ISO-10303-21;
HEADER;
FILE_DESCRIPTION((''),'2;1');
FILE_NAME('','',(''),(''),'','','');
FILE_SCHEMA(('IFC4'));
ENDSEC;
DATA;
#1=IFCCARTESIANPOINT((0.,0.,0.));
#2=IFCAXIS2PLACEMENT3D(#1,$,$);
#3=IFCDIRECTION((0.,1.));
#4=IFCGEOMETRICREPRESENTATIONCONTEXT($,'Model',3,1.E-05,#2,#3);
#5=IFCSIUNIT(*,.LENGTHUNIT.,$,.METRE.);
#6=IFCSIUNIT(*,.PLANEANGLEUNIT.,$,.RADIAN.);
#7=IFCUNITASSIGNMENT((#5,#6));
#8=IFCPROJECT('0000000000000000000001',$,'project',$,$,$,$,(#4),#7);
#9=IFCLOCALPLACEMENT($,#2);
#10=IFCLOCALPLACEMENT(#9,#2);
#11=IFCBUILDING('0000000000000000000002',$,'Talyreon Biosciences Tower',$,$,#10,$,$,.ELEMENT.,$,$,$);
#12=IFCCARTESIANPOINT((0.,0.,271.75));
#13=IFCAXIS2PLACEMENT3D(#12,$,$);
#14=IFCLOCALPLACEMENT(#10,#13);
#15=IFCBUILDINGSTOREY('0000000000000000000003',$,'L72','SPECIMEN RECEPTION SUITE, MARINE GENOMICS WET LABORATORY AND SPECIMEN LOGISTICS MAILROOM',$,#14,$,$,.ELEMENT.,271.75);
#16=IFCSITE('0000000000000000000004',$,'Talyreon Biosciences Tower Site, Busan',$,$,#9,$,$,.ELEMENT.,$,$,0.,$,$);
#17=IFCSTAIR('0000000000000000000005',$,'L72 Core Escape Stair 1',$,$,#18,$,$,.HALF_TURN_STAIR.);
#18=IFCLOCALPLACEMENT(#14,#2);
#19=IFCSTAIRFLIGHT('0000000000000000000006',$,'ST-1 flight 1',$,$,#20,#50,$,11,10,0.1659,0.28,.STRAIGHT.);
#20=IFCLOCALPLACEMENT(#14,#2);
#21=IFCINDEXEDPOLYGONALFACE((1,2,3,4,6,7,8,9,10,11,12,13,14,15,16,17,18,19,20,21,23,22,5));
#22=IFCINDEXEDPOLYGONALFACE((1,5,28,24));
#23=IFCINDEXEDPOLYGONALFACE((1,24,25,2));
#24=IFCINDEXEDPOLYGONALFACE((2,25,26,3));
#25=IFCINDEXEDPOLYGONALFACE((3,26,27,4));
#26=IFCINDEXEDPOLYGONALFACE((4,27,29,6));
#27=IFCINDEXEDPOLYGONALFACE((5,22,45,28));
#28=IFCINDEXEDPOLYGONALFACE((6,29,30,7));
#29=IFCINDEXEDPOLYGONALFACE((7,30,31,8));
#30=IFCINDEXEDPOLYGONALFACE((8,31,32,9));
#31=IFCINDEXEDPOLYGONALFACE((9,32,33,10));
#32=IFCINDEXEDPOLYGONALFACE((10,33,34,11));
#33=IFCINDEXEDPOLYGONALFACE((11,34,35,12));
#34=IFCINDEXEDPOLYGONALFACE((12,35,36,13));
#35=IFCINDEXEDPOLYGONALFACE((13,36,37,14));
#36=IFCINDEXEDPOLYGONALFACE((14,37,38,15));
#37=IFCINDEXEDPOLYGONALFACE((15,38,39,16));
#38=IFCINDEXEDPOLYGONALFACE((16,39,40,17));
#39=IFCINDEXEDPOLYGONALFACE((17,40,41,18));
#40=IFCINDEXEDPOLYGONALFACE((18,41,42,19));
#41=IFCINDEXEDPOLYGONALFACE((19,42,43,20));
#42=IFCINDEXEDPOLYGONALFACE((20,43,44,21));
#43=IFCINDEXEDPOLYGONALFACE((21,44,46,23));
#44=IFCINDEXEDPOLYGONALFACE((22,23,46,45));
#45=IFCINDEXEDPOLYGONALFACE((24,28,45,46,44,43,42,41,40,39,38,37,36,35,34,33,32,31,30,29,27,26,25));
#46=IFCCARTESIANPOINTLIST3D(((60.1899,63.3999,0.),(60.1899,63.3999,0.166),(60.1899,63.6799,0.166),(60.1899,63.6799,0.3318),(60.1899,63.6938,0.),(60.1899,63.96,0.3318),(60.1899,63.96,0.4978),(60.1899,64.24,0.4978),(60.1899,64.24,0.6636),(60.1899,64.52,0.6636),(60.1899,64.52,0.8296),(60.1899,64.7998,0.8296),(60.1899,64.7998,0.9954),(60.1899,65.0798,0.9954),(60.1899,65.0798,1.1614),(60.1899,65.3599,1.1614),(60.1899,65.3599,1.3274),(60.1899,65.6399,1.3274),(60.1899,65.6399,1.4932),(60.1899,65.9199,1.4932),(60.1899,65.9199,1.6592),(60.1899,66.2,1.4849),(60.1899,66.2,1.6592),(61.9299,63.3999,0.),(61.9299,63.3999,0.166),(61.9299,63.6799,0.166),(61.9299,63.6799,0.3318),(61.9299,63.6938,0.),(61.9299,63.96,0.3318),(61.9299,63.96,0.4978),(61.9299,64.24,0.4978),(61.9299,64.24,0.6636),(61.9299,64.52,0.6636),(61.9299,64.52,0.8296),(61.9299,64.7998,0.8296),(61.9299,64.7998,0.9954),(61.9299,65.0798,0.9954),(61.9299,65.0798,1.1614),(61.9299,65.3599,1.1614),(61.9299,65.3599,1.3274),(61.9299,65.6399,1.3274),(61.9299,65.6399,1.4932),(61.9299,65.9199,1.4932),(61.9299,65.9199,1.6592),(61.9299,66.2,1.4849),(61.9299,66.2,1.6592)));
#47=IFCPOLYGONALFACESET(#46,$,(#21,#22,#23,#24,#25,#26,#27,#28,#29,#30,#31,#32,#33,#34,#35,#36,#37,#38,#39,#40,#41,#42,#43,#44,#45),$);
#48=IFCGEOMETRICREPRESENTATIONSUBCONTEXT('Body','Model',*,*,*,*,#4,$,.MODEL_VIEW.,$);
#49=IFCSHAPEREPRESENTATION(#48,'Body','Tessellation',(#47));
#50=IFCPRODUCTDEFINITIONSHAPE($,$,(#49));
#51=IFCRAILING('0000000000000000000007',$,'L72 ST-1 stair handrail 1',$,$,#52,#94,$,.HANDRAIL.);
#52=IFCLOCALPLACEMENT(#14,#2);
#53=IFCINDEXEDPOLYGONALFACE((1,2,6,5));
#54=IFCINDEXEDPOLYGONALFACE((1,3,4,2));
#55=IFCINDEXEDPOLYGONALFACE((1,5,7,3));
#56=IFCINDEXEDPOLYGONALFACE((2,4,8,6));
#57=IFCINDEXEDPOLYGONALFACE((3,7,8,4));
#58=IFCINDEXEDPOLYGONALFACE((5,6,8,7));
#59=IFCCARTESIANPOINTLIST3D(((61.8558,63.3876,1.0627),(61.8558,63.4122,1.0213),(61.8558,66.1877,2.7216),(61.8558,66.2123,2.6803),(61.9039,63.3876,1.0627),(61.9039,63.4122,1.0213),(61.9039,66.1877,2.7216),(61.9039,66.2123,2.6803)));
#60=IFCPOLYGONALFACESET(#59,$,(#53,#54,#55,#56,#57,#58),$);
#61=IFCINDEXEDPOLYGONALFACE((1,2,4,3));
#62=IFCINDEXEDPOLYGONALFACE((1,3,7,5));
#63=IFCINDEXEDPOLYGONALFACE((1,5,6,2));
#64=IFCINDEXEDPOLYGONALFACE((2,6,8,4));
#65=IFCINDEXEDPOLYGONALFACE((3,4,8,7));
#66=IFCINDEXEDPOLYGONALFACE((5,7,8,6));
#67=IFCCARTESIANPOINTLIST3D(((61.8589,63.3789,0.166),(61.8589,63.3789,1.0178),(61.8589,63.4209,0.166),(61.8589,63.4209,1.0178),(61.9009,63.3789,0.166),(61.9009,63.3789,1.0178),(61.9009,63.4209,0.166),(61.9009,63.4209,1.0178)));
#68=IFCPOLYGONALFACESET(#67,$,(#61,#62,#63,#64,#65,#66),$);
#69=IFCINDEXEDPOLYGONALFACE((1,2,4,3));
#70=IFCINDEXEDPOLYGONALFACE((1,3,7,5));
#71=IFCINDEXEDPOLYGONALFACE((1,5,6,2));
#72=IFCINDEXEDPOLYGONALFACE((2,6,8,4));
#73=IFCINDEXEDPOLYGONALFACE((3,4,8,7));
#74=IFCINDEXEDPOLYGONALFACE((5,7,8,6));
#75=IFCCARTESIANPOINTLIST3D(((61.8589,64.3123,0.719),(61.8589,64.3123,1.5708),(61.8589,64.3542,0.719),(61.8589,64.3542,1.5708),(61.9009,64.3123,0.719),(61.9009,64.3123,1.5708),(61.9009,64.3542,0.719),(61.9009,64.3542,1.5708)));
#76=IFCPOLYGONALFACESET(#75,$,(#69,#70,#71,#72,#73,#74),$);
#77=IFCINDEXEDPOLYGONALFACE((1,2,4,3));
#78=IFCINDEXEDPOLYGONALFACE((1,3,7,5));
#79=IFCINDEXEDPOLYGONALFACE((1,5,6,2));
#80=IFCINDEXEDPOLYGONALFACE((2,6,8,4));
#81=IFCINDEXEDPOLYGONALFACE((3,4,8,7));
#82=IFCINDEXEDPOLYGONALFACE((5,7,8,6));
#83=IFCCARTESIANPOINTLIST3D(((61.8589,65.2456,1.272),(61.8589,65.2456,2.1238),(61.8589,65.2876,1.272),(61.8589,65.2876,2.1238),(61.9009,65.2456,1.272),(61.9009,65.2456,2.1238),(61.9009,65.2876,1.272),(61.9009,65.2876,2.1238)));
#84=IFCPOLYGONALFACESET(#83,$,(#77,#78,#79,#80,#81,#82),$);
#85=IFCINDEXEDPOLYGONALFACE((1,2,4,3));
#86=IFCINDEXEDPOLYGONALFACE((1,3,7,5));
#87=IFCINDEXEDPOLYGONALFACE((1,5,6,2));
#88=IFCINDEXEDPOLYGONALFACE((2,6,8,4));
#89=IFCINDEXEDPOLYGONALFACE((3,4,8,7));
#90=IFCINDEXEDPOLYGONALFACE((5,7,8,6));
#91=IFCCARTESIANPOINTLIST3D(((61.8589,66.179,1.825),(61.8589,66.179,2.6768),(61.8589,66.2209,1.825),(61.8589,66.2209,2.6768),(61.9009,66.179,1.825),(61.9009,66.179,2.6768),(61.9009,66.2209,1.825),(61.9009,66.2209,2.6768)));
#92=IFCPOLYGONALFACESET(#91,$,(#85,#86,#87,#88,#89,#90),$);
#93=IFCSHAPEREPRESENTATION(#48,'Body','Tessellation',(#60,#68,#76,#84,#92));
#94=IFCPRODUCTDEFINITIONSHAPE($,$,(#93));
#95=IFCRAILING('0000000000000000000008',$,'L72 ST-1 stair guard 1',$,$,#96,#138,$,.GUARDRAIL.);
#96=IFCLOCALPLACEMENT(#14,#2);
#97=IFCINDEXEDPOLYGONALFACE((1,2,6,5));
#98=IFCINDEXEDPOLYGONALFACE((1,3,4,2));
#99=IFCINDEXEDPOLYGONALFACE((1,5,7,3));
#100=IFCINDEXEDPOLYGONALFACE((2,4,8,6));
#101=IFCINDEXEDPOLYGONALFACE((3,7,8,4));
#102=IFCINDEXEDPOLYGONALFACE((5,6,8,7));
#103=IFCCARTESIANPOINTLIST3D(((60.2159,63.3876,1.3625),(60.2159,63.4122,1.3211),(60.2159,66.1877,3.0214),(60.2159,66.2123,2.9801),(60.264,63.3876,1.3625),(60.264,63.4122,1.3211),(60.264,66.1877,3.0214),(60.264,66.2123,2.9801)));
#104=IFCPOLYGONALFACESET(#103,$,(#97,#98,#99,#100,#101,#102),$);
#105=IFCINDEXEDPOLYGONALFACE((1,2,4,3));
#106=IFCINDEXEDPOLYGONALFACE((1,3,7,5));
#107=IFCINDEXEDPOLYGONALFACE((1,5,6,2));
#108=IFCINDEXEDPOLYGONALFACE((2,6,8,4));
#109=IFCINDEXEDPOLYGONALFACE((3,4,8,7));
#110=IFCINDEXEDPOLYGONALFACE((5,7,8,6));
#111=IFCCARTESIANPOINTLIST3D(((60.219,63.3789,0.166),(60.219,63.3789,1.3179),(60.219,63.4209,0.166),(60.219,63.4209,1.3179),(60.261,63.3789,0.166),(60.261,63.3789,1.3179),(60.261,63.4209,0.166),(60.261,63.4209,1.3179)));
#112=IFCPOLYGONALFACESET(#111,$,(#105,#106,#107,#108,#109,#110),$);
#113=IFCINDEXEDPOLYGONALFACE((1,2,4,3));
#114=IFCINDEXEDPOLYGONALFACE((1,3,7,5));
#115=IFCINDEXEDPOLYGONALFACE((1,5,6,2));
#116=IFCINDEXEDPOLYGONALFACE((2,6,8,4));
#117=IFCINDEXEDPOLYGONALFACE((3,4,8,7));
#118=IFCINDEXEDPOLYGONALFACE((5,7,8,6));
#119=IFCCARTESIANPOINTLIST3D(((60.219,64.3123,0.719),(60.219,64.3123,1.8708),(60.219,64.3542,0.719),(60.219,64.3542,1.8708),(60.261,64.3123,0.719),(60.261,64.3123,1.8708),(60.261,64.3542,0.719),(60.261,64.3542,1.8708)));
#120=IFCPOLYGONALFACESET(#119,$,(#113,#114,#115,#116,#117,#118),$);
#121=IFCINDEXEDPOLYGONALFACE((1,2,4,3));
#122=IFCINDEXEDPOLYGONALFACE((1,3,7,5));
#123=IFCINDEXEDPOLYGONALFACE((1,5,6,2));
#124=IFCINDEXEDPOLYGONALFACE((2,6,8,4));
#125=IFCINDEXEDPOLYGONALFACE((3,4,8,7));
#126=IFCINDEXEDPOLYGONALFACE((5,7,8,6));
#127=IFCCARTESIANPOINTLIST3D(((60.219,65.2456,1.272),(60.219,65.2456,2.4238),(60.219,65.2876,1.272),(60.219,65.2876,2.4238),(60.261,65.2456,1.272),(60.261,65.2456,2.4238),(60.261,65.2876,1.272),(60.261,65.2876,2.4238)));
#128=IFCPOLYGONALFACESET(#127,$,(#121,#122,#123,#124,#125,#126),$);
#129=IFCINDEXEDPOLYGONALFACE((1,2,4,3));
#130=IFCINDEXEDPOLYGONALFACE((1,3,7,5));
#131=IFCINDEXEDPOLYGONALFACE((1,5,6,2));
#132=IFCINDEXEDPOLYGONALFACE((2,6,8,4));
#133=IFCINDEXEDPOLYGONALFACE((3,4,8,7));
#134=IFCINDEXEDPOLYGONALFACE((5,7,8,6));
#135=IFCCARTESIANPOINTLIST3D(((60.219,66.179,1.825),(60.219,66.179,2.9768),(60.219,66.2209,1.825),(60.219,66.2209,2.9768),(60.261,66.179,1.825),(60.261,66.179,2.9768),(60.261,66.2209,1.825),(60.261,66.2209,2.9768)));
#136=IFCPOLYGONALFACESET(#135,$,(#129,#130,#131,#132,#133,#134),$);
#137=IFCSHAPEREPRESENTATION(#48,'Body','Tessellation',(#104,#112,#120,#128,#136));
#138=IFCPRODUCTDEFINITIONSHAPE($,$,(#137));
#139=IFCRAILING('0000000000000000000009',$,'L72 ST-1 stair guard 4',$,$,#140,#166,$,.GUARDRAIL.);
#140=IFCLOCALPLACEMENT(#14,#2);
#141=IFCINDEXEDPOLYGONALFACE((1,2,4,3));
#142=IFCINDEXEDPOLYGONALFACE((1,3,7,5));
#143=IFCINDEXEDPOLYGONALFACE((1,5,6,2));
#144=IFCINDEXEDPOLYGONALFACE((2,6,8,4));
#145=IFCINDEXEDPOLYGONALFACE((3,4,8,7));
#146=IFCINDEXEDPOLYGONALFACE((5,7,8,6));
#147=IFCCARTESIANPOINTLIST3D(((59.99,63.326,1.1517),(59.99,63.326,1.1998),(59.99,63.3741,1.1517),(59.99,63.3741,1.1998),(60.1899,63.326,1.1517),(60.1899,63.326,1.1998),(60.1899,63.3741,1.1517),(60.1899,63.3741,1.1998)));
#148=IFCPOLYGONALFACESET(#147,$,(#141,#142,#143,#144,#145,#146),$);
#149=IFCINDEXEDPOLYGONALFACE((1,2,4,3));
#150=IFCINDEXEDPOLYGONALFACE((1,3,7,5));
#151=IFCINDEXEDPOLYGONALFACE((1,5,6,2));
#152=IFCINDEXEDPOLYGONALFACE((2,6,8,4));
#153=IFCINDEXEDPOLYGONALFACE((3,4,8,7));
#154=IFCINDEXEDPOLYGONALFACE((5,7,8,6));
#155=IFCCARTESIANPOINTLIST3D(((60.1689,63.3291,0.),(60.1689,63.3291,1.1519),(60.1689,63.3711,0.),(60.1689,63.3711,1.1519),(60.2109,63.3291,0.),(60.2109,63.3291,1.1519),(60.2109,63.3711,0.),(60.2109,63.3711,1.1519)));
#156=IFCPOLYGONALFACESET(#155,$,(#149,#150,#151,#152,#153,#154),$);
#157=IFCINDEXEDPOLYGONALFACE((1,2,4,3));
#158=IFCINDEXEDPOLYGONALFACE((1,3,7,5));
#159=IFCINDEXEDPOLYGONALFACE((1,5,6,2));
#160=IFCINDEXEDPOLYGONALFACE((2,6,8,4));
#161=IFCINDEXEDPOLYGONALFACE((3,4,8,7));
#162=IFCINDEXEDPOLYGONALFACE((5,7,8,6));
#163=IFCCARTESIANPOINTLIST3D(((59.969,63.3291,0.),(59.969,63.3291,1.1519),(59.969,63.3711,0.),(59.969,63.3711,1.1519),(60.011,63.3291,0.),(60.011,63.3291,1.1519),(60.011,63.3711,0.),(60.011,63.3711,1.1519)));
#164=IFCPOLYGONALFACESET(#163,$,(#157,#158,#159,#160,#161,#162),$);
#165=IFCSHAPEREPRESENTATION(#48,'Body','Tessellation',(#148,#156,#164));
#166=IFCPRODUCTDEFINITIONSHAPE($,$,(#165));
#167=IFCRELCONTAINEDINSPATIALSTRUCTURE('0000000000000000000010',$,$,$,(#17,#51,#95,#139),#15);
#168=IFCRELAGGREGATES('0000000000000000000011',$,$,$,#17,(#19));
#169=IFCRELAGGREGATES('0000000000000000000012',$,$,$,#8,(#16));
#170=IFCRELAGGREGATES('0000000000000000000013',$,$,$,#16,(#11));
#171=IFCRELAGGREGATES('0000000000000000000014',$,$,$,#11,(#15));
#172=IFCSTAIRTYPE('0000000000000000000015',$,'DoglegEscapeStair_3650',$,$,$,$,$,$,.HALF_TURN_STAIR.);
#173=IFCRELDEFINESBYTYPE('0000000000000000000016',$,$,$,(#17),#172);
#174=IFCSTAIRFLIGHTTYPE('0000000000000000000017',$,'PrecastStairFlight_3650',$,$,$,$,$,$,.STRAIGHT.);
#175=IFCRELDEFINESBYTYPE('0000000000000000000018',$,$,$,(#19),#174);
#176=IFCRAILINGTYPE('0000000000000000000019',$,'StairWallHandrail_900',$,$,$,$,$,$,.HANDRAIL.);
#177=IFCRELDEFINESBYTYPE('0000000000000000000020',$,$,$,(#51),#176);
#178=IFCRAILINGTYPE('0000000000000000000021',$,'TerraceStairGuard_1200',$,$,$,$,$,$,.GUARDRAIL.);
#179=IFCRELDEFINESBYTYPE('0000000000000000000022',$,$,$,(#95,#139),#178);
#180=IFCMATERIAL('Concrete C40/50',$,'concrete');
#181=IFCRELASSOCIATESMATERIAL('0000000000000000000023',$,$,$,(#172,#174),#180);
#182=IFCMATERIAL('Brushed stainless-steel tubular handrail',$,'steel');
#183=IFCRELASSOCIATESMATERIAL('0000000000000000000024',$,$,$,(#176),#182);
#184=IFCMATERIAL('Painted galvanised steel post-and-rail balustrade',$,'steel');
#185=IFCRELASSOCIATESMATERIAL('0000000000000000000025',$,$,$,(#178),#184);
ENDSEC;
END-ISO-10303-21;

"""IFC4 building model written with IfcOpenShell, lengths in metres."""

from ifc_helpers import new_model, si_unit, direction, frame, origin, origin_2d, place, context, subcontext, project, spatial, polyline, rectangle, outline, extrude, material, type_object, element, aggregate, save


model = new_model("IFC4")

# Units and contexts
model_context = context("Model", 3, precision=1e-05, world=origin(), true_north=direction((0.0, 1.0)))
body_context = subcontext(model_context, "Body", "Model", "MODEL_VIEW")
ifc_project = project(units=[si_unit("LENGTHUNIT", "METRE"), si_unit("PLANEANGLEUNIT", "RADIAN")], contexts=[model_context])

# Site, building, storey
site_placement = place(None, origin())
site = spatial("IfcSite", under=ifc_project, at=site_placement, Name="Talyreon Biosciences Tower Site, Busan", CompositionType="ELEMENT", RefElevation=0.0)
building_placement = place(site_placement, origin())
building = spatial("IfcBuilding", under=site, at=building_placement, Name="Talyreon Biosciences Tower", CompositionType="ELEMENT")
storey_placement = place(building_placement, frame((0.0, 0.0, 271.75)))
storey = spatial("IfcBuildingStorey", under=building, at=storey_placement, Name="L72", Description="SPECIMEN RECEPTION SUITE, MARINE GENOMICS WET LABORATORY AND SPECIMEN LOGISTICS MAILROOM", CompositionType="ELEMENT", Elevation=271.75)

# Stair, stair flight
ifc_material_1 = material(Name="Concrete C40/50", Category="concrete")
stair_type = type_object("IfcStairType", Name="DoglegEscapeStair_3650", PredefinedType="HALF_TURN_STAIR", material=ifc_material_1)
stair_placement = place(storey_placement, origin())
stair = element("IfcStair", 1, at=stair_placement, inside=storey, type_object=stair_type, Name="L72 Core Escape Stair 1", PredefinedType="HALF_TURN_STAIR")
stair_flight_type = type_object("IfcStairFlightType", Name="PrecastStairFlight_3650", PredefinedType="STRAIGHT", material=ifc_material_1)
stair_flight_placement = place(storey_placement, frame((61.0601, 63.3999, 0.0), z_axis=(0.0, 0.0, 1.0), x_axis=(0.0, 1.0, 0.0)))
stair_flight = element("IfcStairFlight", 2, at=stair_flight_placement, type_object=stair_flight_type, Name="ST-1 flight 1", NumberOfRisers=11, NumberOfTreads=10, PredefinedType="STRAIGHT", RiserHeight=0.1659, TreadLength=0.28, context=body_context, shape_type="SweptSolid", body=[
    extrude(outline(polyline([(0.0, 0.0), (0.0, 0.166), (0.28, 0.166), (0.28, 0.3318), (0.5601, 0.3318), (0.5601, 0.4978), (0.8401, 0.4978), (0.8401, 0.6636), (1.1201, 0.6636), (1.1201, 0.8296), (1.3999, 0.8296), (1.3999, 0.9954), (1.6799, 0.9954), (1.6799, 1.1614), (1.96, 1.1614), (1.96, 1.3274), (2.24, 1.3274), (2.24, 1.4932), (2.52, 1.4932), (2.52, 1.6592), (2.8, 1.6592), (2.8, 1.825), (2.8, 1.4849), (0.2939, 0.0), (0.0, 0.0)])), frame((0.0, 0.8701, 0.0), z_axis=(0.0, -1.0, 0.0), x_axis=(1.0, 0.0, 0.0)), (0.0, 0.0, 1.0), 1.74),
])
aggregate(stair, [stair_flight])

# Railings
ifc_material_2 = material(Name="Brushed stainless-steel tubular handrail", Category="steel")
railing_type_1 = type_object("IfcRailingType", Name="StairWallHandrail_900", PredefinedType="HANDRAIL", material=ifc_material_2)
railing_1_placement = place(storey_placement, frame((61.8799, 63.3999, 0.166)))
element("IfcRailing", 3, at=railing_1_placement, inside=storey, type_object=railing_type_1, Name="L72 ST-1 stair handrail 1", PredefinedType="HANDRAIL", context=body_context, shape_type="SweptSolid", body=[
    extrude(rectangle(XDim=0.0481, YDim=0.0481, at=origin_2d()), frame((0.0, 0.0, 0.876), z_axis=(0.0, 0.860339, 0.509722), x_axis=(-1.0, 0.0, 0.0)), (0.0, 0.0, 1.0), 3.2546),
    extrude(rectangle(XDim=0.042, YDim=0.042, at=origin_2d()), origin(), (0.0, 0.0, 1.0), 0.8518),
    extrude(rectangle(XDim=0.042, YDim=0.042, at=origin_2d()), frame((0.0, 0.9333, 0.553)), (0.0, 0.0, 1.0), 0.8518),
    extrude(rectangle(XDim=0.042, YDim=0.042, at=origin_2d()), frame((0.0, 1.8667, 1.106)), (0.0, 0.0, 1.0), 0.8518),
    extrude(rectangle(XDim=0.042, YDim=0.042, at=origin_2d()), frame((0.0, 2.8, 1.6589)), (0.0, 0.0, 1.0), 0.8518),
])
ifc_material_3 = material(Name="Painted galvanised steel post-and-rail balustrade", Category="steel")
railing_type_2 = type_object("IfcRailingType", Name="TerraceStairGuard_1200", PredefinedType="GUARDRAIL", material=ifc_material_3)
railing_2_placement = place(storey_placement, frame((60.24, 63.3999, 0.166)))
element("IfcRailing", 4, at=railing_2_placement, inside=storey, type_object=railing_type_2, Name="L72 ST-1 stair guard 1", PredefinedType="GUARDRAIL", context=body_context, shape_type="SweptSolid", body=[
    extrude(rectangle(XDim=0.0481, YDim=0.0481, at=origin_2d()), frame((0.0, 0.0, 1.1758), z_axis=(0.0, 0.860339, 0.509722), x_axis=(-1.0, 0.0, 0.0)), (0.0, 0.0, 1.0), 3.2546),
    extrude(rectangle(XDim=0.042, YDim=0.042, at=origin_2d()), origin(), (0.0, 0.0, 1.0), 1.1519),
    extrude(rectangle(XDim=0.042, YDim=0.042, at=origin_2d()), frame((0.0, 0.9333, 0.553)), (0.0, 0.0, 1.0), 1.1519),
    extrude(rectangle(XDim=0.042, YDim=0.042, at=origin_2d()), frame((0.0, 1.8667, 1.106)), (0.0, 0.0, 1.0), 1.1519),
    extrude(rectangle(XDim=0.042, YDim=0.042, at=origin_2d()), frame((0.0, 2.8, 1.6589)), (0.0, 0.0, 1.0), 1.1519),
])
railing_3_placement = place(storey_placement, frame((60.1899, 63.3501, 0.0)))
element("IfcRailing", 5, at=railing_3_placement, inside=storey, type_object=railing_type_2, Name="L72 ST-1 stair guard 4", PredefinedType="GUARDRAIL", context=body_context, shape_type="SweptSolid", body=[
    extrude(rectangle(XDim=0.0481, YDim=0.0481, at=origin_2d()), frame((0.0, 0.0, 1.1758), z_axis=(-1.0, 0.0, 0.0), x_axis=(0.0, -1.0, 0.0)), (0.0, 0.0, 1.0), 0.2),
    extrude(rectangle(XDim=0.042, YDim=0.042, at=origin_2d()), origin(), (0.0, 0.0, 1.0), 1.1519),
    extrude(rectangle(XDim=0.042, YDim=0.042, at=origin_2d()), frame((-0.2, 0.0, 0.0)), (0.0, 0.0, 1.0), 1.1519),
])

save(model, "model.ifc")
